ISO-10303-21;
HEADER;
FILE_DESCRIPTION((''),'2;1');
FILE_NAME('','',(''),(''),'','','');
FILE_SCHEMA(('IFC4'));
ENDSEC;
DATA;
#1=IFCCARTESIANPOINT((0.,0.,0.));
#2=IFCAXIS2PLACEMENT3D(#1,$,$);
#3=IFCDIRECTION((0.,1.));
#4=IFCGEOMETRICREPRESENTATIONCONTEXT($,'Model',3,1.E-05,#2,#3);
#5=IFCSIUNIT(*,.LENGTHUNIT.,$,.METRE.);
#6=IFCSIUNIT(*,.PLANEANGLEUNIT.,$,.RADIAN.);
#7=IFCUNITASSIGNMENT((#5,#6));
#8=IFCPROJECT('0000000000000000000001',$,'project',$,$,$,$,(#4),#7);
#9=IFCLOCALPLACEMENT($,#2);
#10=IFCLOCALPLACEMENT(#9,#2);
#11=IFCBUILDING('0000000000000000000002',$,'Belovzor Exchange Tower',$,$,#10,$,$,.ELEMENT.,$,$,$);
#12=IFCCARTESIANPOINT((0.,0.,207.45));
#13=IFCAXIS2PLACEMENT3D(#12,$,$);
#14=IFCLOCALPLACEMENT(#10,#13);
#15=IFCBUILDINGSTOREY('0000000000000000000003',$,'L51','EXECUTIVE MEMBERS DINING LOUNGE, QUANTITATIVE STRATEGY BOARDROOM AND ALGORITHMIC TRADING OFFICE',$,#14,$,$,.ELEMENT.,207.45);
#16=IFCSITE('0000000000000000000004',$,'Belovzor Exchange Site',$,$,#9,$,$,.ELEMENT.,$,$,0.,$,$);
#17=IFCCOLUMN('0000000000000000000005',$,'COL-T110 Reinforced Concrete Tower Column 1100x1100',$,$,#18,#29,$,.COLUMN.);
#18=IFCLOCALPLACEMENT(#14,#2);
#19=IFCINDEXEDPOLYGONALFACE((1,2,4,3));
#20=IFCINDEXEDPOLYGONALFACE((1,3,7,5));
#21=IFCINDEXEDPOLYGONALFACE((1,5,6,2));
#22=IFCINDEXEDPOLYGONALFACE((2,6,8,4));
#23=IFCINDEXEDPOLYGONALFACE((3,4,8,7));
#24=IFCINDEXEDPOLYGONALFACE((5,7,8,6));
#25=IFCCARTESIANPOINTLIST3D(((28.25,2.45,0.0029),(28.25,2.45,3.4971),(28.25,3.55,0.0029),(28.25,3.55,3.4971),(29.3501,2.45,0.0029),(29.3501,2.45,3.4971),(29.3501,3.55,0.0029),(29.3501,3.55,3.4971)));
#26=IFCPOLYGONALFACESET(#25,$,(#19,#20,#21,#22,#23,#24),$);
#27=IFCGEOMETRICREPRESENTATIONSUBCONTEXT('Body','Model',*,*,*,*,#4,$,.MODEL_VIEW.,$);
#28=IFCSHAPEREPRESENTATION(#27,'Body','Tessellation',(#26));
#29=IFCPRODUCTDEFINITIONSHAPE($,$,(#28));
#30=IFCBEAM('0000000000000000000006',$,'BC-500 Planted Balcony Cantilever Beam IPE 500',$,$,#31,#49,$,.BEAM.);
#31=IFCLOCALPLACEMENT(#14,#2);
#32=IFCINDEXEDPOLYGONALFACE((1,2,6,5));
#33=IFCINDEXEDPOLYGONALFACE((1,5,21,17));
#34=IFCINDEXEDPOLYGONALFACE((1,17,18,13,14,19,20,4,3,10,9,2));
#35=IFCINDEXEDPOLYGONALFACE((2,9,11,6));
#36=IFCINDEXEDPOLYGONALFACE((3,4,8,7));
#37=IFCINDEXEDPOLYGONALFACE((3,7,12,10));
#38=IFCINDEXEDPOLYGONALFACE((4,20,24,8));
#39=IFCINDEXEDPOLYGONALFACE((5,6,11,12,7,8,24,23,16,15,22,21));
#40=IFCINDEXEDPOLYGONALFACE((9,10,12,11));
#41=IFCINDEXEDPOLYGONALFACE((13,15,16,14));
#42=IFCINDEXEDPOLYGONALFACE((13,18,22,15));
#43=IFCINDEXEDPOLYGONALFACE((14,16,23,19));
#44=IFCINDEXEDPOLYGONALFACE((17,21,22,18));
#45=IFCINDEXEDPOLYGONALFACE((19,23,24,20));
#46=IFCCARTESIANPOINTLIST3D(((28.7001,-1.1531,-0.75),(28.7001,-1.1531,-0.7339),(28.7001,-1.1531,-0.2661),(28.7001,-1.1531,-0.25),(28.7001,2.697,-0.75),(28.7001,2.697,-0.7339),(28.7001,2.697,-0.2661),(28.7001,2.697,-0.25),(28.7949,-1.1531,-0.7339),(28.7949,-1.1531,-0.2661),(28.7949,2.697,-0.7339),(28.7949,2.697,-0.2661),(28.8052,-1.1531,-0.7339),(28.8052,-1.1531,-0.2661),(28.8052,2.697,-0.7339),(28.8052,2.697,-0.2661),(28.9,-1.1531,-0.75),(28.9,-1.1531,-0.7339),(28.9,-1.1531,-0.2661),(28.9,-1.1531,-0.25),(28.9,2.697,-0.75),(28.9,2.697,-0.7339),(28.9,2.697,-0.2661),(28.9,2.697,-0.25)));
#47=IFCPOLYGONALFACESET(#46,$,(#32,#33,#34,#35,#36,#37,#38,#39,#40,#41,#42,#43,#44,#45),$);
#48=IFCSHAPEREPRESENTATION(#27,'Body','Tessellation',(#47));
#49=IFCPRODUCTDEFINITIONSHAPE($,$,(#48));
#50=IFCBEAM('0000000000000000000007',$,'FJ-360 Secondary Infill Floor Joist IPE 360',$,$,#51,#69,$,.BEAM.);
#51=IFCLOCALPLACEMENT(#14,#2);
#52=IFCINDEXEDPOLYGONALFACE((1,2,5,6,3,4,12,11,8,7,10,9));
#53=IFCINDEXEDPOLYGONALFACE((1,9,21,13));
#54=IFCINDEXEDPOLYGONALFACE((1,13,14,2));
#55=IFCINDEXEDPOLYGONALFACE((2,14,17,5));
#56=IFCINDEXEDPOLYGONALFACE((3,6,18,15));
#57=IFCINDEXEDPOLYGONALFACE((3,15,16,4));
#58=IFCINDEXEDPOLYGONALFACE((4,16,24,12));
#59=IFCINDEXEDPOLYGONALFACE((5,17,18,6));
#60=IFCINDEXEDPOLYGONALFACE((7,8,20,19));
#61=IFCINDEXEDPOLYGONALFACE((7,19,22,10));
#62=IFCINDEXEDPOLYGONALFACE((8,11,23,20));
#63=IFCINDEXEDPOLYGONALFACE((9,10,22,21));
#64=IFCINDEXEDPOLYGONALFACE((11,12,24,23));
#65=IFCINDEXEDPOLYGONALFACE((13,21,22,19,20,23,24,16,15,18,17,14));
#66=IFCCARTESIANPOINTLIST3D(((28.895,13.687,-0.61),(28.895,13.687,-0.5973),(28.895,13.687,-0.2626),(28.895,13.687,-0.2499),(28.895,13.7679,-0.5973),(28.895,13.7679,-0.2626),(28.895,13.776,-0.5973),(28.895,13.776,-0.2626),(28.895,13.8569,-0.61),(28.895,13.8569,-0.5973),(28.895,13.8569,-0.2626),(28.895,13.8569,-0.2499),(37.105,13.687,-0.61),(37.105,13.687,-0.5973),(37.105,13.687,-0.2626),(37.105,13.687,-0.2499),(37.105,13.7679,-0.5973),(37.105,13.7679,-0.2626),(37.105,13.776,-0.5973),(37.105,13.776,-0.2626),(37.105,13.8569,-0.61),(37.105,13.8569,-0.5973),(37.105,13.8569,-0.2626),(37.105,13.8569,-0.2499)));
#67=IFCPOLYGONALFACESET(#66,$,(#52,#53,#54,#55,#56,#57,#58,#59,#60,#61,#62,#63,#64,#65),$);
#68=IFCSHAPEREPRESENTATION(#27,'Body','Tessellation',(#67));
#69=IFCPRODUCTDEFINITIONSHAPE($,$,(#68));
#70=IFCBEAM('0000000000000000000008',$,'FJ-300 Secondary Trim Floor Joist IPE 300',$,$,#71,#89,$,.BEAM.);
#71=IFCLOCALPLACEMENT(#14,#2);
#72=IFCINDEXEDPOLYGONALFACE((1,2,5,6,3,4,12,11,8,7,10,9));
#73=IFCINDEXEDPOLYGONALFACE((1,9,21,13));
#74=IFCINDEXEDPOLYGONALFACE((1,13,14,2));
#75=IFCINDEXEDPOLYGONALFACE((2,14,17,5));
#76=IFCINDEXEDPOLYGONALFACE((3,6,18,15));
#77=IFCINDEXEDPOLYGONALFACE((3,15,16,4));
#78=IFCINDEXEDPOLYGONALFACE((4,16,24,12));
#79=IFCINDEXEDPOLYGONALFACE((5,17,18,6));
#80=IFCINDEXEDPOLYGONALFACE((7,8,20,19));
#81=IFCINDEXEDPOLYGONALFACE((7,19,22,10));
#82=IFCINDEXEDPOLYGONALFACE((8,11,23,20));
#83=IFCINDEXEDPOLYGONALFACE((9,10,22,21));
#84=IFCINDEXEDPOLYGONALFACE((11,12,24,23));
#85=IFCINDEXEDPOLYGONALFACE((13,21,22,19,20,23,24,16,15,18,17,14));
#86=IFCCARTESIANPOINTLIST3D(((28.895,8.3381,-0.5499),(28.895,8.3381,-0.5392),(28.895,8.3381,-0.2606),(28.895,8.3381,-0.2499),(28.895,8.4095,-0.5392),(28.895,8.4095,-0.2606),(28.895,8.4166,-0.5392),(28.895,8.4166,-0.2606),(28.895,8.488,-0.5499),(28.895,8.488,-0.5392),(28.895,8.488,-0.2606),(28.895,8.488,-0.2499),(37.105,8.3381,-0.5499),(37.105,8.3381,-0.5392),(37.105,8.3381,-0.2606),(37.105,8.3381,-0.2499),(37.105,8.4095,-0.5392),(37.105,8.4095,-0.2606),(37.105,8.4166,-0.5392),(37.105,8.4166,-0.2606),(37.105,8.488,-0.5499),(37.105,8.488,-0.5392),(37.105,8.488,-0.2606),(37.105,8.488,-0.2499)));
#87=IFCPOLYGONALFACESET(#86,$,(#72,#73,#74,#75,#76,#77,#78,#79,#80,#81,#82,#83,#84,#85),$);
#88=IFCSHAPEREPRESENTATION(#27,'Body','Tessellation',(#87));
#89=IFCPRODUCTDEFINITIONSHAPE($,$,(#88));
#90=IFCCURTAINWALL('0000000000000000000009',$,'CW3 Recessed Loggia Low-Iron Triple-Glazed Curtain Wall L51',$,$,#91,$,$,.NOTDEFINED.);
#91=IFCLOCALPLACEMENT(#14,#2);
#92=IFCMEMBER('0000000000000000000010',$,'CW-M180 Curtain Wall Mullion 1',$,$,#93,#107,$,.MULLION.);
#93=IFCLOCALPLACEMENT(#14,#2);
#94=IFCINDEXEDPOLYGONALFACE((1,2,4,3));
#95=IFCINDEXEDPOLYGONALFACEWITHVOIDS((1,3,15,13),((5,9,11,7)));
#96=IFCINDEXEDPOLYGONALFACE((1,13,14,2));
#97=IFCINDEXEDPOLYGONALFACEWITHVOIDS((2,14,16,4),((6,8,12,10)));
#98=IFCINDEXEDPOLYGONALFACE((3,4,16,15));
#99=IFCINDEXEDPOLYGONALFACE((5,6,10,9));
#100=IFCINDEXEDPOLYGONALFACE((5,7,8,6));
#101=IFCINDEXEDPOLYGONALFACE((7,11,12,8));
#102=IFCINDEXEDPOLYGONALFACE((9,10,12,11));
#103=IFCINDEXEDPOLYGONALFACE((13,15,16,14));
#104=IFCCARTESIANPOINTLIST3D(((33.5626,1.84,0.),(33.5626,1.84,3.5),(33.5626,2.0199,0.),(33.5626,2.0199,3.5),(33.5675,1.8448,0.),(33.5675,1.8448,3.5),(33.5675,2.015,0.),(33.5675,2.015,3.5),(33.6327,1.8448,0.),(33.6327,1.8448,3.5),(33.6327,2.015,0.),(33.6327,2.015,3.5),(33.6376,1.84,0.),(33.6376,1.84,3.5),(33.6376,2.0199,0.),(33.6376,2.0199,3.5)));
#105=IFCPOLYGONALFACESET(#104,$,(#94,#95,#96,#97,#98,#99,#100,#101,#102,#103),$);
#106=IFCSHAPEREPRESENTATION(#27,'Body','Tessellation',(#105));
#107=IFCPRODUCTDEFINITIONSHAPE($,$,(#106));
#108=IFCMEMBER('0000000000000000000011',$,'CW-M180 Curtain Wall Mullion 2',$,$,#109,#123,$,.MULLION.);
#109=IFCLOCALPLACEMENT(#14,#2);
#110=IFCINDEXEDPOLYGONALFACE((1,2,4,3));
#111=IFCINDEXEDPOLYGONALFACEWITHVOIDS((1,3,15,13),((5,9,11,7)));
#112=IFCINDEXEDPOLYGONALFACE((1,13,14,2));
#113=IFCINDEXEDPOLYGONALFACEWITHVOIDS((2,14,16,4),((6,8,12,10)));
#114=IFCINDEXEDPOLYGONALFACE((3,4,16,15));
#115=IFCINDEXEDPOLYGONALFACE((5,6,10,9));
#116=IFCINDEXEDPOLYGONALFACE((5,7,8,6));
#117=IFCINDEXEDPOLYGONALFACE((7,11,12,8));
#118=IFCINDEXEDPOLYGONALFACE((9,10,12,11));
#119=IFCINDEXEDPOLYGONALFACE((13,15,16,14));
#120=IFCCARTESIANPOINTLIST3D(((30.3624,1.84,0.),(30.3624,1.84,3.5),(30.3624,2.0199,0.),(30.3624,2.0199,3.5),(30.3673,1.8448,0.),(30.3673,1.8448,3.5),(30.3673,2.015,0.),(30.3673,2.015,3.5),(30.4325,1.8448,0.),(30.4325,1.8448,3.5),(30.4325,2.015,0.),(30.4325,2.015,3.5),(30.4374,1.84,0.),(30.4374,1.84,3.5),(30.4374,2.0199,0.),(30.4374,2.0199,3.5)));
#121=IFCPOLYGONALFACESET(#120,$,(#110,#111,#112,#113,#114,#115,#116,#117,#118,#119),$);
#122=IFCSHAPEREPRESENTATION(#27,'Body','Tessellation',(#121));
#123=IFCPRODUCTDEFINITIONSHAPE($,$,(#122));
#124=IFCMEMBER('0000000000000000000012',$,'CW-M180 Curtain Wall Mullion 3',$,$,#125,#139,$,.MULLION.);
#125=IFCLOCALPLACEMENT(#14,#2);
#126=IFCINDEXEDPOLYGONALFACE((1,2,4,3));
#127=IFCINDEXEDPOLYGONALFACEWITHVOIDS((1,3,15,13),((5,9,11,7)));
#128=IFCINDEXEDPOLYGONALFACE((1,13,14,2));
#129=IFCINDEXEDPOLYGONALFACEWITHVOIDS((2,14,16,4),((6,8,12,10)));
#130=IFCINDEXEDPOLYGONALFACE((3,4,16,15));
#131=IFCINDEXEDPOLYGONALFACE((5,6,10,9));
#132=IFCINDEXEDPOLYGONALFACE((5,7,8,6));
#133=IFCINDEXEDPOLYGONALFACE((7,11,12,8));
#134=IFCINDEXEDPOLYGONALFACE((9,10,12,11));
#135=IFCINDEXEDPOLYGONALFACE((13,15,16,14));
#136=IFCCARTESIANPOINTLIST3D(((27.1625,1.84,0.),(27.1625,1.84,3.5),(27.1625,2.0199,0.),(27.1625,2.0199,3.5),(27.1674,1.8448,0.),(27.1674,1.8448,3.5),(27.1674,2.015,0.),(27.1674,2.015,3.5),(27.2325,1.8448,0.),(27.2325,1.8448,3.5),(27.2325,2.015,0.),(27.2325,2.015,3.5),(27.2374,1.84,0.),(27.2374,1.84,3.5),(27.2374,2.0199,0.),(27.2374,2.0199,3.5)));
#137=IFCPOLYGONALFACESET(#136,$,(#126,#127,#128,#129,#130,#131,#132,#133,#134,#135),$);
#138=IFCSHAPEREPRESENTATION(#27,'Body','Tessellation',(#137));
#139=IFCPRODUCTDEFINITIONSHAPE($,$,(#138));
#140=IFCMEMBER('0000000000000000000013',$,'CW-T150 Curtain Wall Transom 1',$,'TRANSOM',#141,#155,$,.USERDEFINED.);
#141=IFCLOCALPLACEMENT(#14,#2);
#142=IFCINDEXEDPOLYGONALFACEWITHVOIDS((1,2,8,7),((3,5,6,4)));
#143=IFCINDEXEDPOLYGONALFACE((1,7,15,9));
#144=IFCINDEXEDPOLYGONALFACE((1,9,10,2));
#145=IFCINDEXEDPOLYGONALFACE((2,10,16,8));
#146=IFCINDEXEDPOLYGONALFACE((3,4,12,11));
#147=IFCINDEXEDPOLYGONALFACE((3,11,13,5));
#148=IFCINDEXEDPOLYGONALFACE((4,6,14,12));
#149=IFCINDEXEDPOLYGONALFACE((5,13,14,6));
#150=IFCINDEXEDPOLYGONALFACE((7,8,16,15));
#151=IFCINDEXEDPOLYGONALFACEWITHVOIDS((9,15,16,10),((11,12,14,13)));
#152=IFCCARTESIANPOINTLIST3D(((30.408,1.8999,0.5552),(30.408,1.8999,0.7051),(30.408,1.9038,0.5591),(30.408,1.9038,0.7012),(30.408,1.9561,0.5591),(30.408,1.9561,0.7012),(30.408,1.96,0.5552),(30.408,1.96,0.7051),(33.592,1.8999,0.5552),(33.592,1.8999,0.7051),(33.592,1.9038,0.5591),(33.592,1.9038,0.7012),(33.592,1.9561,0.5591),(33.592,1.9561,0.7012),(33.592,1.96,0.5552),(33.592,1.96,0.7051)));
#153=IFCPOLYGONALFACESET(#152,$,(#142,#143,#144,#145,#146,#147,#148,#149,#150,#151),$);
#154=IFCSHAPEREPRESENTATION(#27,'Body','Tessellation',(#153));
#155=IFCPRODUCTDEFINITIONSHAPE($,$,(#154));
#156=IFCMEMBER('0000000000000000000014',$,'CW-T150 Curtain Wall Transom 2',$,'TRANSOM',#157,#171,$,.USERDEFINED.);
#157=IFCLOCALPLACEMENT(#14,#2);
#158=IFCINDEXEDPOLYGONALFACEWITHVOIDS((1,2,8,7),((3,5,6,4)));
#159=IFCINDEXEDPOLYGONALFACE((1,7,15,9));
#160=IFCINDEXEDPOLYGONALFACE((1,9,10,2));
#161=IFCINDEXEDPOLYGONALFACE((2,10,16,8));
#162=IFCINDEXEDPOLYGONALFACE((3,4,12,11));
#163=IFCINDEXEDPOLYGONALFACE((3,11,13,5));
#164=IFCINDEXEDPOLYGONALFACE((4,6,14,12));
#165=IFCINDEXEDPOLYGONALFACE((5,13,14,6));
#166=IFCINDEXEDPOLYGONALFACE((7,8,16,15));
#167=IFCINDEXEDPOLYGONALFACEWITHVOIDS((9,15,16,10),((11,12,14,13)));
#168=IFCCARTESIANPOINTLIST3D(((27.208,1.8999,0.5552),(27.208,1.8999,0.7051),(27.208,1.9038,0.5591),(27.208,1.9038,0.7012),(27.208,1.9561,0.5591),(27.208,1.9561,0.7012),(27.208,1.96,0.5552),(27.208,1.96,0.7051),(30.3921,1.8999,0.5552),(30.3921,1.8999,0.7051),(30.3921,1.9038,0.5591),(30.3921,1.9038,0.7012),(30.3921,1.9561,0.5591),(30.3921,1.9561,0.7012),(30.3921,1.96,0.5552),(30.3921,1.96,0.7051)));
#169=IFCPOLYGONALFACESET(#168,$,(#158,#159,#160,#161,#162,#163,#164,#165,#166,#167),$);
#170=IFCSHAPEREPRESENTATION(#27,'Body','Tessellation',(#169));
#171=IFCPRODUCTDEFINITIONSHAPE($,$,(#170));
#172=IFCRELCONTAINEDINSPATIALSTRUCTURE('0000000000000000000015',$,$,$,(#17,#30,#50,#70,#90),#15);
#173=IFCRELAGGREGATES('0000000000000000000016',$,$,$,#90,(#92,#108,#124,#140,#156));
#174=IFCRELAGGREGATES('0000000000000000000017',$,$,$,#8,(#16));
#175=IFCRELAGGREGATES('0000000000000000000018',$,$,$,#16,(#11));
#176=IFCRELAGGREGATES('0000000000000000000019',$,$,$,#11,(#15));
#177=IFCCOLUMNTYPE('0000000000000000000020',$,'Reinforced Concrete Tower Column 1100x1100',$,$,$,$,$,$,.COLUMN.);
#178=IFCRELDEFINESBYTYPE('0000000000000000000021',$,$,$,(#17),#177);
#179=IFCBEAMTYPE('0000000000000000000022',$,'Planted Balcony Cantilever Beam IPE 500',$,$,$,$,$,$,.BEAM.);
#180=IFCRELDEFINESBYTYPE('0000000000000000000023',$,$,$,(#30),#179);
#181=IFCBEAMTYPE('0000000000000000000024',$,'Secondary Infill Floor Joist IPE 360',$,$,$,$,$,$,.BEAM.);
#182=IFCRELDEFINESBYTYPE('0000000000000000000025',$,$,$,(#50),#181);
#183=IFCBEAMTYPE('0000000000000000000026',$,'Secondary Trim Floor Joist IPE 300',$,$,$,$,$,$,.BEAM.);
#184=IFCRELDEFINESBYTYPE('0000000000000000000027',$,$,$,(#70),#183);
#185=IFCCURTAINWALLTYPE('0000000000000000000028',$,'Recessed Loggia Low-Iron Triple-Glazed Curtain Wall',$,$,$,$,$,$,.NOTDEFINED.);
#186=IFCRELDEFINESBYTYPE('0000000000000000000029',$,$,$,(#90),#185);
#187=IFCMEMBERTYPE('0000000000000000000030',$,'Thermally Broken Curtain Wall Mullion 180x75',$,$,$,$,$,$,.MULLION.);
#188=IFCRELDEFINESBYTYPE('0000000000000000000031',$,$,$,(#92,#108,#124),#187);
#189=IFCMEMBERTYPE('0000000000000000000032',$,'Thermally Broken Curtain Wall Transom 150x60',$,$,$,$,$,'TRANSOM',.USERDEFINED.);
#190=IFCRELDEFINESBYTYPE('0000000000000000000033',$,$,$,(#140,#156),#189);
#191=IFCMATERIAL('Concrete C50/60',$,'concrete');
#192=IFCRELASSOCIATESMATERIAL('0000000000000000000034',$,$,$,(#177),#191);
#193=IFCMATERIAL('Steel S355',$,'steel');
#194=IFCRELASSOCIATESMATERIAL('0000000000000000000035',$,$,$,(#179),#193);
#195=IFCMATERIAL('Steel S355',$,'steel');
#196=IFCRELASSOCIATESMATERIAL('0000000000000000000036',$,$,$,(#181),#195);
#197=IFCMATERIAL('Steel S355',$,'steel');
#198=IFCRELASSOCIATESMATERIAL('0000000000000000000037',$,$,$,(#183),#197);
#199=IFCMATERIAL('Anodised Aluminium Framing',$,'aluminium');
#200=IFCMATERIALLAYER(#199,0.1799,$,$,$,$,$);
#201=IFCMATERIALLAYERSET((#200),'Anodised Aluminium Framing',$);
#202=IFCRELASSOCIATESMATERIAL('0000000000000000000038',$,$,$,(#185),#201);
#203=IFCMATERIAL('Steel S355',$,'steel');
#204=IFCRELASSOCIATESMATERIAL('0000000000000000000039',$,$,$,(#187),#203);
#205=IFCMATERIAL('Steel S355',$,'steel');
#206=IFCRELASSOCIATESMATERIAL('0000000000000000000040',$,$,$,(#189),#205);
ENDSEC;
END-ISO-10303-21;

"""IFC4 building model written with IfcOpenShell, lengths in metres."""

from ifc_helpers import new_model, si_unit, direction, frame, origin, origin_2d, place, context, subcontext, project, spatial, rectangle, hollow_rectangle, i_section, extrude, material, layer, layer_set, material_profile, profile_set, type_object, element, aggregate, save


model = new_model("IFC4")

# Units and contexts
model_context = context("Model", 3, precision=1e-05, world=origin(), true_north=direction((0.0, 1.0)))
body_context = subcontext(model_context, "Body", "Model", "MODEL_VIEW")
ifc_project = project(units=[si_unit("LENGTHUNIT", "METRE"), si_unit("PLANEANGLEUNIT", "RADIAN")], contexts=[model_context])

# Site, building, storey
site_placement = place(None, origin())
site = spatial("IfcSite", under=ifc_project, at=site_placement, Name="Belovzor Exchange Site", CompositionType="ELEMENT", RefElevation=0.0)
building_placement = place(site_placement, origin())
building = spatial("IfcBuilding", under=site, at=building_placement, Name="Belovzor Exchange Tower", CompositionType="ELEMENT")
storey_placement = place(building_placement, frame((0.0, 0.0, 207.45)))
storey = spatial("IfcBuildingStorey", under=building, at=storey_placement, Name="L51", Description="EXECUTIVE MEMBERS DINING LOUNGE, QUANTITATIVE STRATEGY BOARDROOM AND ALGORITHMIC TRADING OFFICE", CompositionType="ELEMENT", Elevation=207.45)

# Column
ifc_material_1 = material(Name="Concrete C50/60", Category="concrete")
ifc_material_profile_1 = material_profile(ifc_material_1, rectangle(XDim=1.1001, YDim=1.1001, at=origin_2d()))
ifc_profile_set_1 = profile_set([ifc_material_profile_1], Name="Concrete C50/60")
column_type = type_object("IfcColumnType", Name="Reinforced Concrete Tower Column 1100x1100", PredefinedType="COLUMN", material=ifc_profile_set_1)
column_placement = place(storey_placement, frame((28.8, 3.0, 0.0029), z_axis=(0.0, 0.0, 1.0), x_axis=(1.0, 0.0, 0.0)))
element("IfcColumn", 1, at=column_placement, inside=storey, type_object=column_type, Name="COL-T110 Reinforced Concrete Tower Column 1100x1100", PredefinedType="COLUMN", context=body_context, shape_type="SweptSolid", body=[
    extrude(rectangle(XDim=1.1001, YDim=1.1001, at=origin_2d()), origin(), (0.0, 0.0, 1.0), 3.4941),
])

# Beams
ifc_material_2 = material(Name="Steel S355", Category="steel")
ifc_material_profile_2 = material_profile(ifc_material_2, i_section(OverallWidth=0.2, OverallDepth=0.5, WebThickness=0.0103, FlangeThickness=0.0161, at=origin_2d()))
ifc_profile_set_2 = profile_set([ifc_material_profile_2], Name="Steel S355")
beam_type_1 = type_object("IfcBeamType", Name="Planted Balcony Cantilever Beam IPE 500", PredefinedType="BEAM", material=ifc_profile_set_2)
beam_1_placement = place(storey_placement, frame((28.8, 2.697, -0.5), z_axis=(0.0, -1.0, 0.0), x_axis=(1.0, 0.0, 0.0)))
element("IfcBeam", 2, at=beam_1_placement, inside=storey, type_object=beam_type_1, Name="BC-500 Planted Balcony Cantilever Beam IPE 500", PredefinedType="BEAM", context=body_context, shape_type="SweptSolid", body=[
    extrude(i_section(OverallWidth=0.2, OverallDepth=0.5, WebThickness=0.0103, FlangeThickness=0.0161, at=origin_2d()), origin(), (0.0, 0.0, 1.0), 3.8501),
])
ifc_material_3 = material(Name="Steel S355", Category="steel")
ifc_material_profile_3 = material_profile(ifc_material_3, i_section(OverallWidth=0.1699, OverallDepth=0.3601, WebThickness=0.0081, FlangeThickness=0.0127, at=origin_2d()))
ifc_profile_set_3 = profile_set([ifc_material_profile_3], Name="Steel S355")
beam_type_2 = type_object("IfcBeamType", Name="Secondary Infill Floor Joist IPE 360", PredefinedType="BEAM", material=ifc_profile_set_3)
beam_2_placement = place(storey_placement, frame((28.895, 13.772, -0.4299), z_axis=(1.0, 0.0, 0.0), x_axis=(0.0, 1.0, 0.0)))
element("IfcBeam", 3, at=beam_2_placement, inside=storey, type_object=beam_type_2, Name="FJ-360 Secondary Infill Floor Joist IPE 360", PredefinedType="BEAM", context=body_context, shape_type="SweptSolid", body=[
    extrude(i_section(OverallWidth=0.1699, OverallDepth=0.3601, WebThickness=0.0081, FlangeThickness=0.0127, at=origin_2d()), origin(), (0.0, 0.0, 1.0), 8.21),
])
ifc_material_4 = material(Name="Steel S355", Category="steel")
ifc_material_profile_4 = material_profile(ifc_material_4, i_section(OverallWidth=0.1499, OverallDepth=0.3, WebThickness=0.0071, FlangeThickness=0.0107, at=origin_2d()))
ifc_profile_set_4 = profile_set([ifc_material_profile_4], Name="Steel S355")
beam_type_3 = type_object("IfcBeamType", Name="Secondary Trim Floor Joist IPE 300", PredefinedType="BEAM", material=ifc_profile_set_4)
beam_3_placement = place(storey_placement, frame((28.895, 8.4131, -0.3999), z_axis=(1.0, 0.0, 0.0), x_axis=(0.0, 1.0, 0.0)))
element("IfcBeam", 4, at=beam_3_placement, inside=storey, type_object=beam_type_3, Name="FJ-300 Secondary Trim Floor Joist IPE 300", PredefinedType="BEAM", context=body_context, shape_type="SweptSolid", body=[
    extrude(i_section(OverallWidth=0.1499, OverallDepth=0.3, WebThickness=0.0071, FlangeThickness=0.0107, at=origin_2d()), origin(), (0.0, 0.0, 1.0), 8.21),
])

# Curtain wall, members
ifc_material_5 = material(Name="Anodised Aluminium Framing", Category="aluminium")
ifc_layer_1 = layer(ifc_material_5, 0.1799)
ifc_layer_set_1 = layer_set([ifc_layer_1], Name="Anodised Aluminium Framing")
curtain_wall_type = type_object("IfcCurtainWallType", Name="Recessed Loggia Low-Iron Triple-Glazed Curtain Wall", PredefinedType="NOTDEFINED", material=ifc_layer_set_1)
curtain_wall_placement = place(storey_placement, origin())
curtain_wall = element("IfcCurtainWall", 5, at=curtain_wall_placement, inside=storey, type_object=curtain_wall_type, Name="CW3 Recessed Loggia Low-Iron Triple-Glazed Curtain Wall L51", PredefinedType="NOTDEFINED")
ifc_material_6 = material(Name="Steel S355", Category="steel")
ifc_material_profile_5 = material_profile(ifc_material_6, hollow_rectangle(XDim=0.075, YDim=0.1799, WallThickness=0.0049, at=origin_2d()))
ifc_profile_set_5 = profile_set([ifc_material_profile_5], Name="Steel S355")
member_type_1 = type_object("IfcMemberType", Name="Thermally Broken Curtain Wall Mullion 180x75", PredefinedType="MULLION", material=ifc_profile_set_5)
member_1_placement = place(storey_placement, frame((33.6001, 1.9299, 0.0), z_axis=(0.0, 0.0, 1.0), x_axis=(-1.0, 0.0, 0.0)))
member_1 = element("IfcMember", 6, at=member_1_placement, type_object=member_type_1, Name="CW-M180 Curtain Wall Mullion 1", PredefinedType="MULLION", context=body_context, shape_type="SweptSolid", body=[
    extrude(hollow_rectangle(XDim=0.075, YDim=0.1799, WallThickness=0.0049, at=origin_2d()), origin(), (0.0, 0.0, 1.0), 3.5),
])
member_2_placement = place(storey_placement, frame((30.3999, 1.9299, 0.0), z_axis=(0.0, 0.0, 1.0), x_axis=(-1.0, 0.0, 0.0)))
member_2 = element("IfcMember", 7, at=member_2_placement, type_object=member_type_1, Name="CW-M180 Curtain Wall Mullion 2", PredefinedType="MULLION", context=body_context, shape_type="SweptSolid", body=[
    extrude(hollow_rectangle(XDim=0.075, YDim=0.1799, WallThickness=0.0049, at=origin_2d()), origin(), (0.0, 0.0, 1.0), 3.5),
])
member_3_placement = place(storey_placement, frame((27.2, 1.9299, 0.0), z_axis=(0.0, 0.0, 1.0), x_axis=(-1.0, 0.0, 0.0)))
member_3 = element("IfcMember", 8, at=member_3_placement, type_object=member_type_1, Name="CW-M180 Curtain Wall Mullion 3", PredefinedType="MULLION", context=body_context, shape_type="SweptSolid", body=[
    extrude(hollow_rectangle(XDim=0.075, YDim=0.1799, WallThickness=0.0049, at=origin_2d()), origin(), (0.0, 0.0, 1.0), 3.5),
])
ifc_material_7 = material(Name="Steel S355", Category="steel")
ifc_material_profile_6 = material_profile(ifc_material_7, hollow_rectangle(XDim=0.0601, YDim=0.1499, WallThickness=0.0039, at=origin_2d()))
ifc_profile_set_6 = profile_set([ifc_material_profile_6], Name="Steel S355")
member_type_2 = type_object("IfcMemberType", Name="Thermally Broken Curtain Wall Transom 150x60", ElementType="TRANSOM", PredefinedType="USERDEFINED", material=ifc_profile_set_6)
member_4_placement = place(storey_placement, frame((33.592, 1.9299, 0.6301), z_axis=(-1.0, 0.0, 0.0), x_axis=(0.0, -1.0, 0.0)))
member_4 = element("IfcMember", 9, at=member_4_placement, type_object=member_type_2, Name="CW-T150 Curtain Wall Transom 1", ObjectType="TRANSOM", PredefinedType="USERDEFINED", context=body_context, shape_type="SweptSolid", body=[
    extrude(hollow_rectangle(XDim=0.0601, YDim=0.1499, WallThickness=0.0039, at=origin_2d()), origin(), (0.0, 0.0, 1.0), 3.1841),
])
member_5_placement = place(storey_placement, frame((30.3921, 1.9299, 0.6301), z_axis=(-1.0, 0.0, 0.0), x_axis=(0.0, -1.0, 0.0)))
member_5 = element("IfcMember", 10, at=member_5_placement, type_object=member_type_2, Name="CW-T150 Curtain Wall Transom 2", ObjectType="TRANSOM", PredefinedType="USERDEFINED", context=body_context, shape_type="SweptSolid", body=[
    extrude(hollow_rectangle(XDim=0.0601, YDim=0.1499, WallThickness=0.0039, at=origin_2d()), origin(), (0.0, 0.0, 1.0), 3.1841),
])

aggregate(curtain_wall, [member_1, member_2, member_3, member_4, member_5])

save(model, "model.ifc")
